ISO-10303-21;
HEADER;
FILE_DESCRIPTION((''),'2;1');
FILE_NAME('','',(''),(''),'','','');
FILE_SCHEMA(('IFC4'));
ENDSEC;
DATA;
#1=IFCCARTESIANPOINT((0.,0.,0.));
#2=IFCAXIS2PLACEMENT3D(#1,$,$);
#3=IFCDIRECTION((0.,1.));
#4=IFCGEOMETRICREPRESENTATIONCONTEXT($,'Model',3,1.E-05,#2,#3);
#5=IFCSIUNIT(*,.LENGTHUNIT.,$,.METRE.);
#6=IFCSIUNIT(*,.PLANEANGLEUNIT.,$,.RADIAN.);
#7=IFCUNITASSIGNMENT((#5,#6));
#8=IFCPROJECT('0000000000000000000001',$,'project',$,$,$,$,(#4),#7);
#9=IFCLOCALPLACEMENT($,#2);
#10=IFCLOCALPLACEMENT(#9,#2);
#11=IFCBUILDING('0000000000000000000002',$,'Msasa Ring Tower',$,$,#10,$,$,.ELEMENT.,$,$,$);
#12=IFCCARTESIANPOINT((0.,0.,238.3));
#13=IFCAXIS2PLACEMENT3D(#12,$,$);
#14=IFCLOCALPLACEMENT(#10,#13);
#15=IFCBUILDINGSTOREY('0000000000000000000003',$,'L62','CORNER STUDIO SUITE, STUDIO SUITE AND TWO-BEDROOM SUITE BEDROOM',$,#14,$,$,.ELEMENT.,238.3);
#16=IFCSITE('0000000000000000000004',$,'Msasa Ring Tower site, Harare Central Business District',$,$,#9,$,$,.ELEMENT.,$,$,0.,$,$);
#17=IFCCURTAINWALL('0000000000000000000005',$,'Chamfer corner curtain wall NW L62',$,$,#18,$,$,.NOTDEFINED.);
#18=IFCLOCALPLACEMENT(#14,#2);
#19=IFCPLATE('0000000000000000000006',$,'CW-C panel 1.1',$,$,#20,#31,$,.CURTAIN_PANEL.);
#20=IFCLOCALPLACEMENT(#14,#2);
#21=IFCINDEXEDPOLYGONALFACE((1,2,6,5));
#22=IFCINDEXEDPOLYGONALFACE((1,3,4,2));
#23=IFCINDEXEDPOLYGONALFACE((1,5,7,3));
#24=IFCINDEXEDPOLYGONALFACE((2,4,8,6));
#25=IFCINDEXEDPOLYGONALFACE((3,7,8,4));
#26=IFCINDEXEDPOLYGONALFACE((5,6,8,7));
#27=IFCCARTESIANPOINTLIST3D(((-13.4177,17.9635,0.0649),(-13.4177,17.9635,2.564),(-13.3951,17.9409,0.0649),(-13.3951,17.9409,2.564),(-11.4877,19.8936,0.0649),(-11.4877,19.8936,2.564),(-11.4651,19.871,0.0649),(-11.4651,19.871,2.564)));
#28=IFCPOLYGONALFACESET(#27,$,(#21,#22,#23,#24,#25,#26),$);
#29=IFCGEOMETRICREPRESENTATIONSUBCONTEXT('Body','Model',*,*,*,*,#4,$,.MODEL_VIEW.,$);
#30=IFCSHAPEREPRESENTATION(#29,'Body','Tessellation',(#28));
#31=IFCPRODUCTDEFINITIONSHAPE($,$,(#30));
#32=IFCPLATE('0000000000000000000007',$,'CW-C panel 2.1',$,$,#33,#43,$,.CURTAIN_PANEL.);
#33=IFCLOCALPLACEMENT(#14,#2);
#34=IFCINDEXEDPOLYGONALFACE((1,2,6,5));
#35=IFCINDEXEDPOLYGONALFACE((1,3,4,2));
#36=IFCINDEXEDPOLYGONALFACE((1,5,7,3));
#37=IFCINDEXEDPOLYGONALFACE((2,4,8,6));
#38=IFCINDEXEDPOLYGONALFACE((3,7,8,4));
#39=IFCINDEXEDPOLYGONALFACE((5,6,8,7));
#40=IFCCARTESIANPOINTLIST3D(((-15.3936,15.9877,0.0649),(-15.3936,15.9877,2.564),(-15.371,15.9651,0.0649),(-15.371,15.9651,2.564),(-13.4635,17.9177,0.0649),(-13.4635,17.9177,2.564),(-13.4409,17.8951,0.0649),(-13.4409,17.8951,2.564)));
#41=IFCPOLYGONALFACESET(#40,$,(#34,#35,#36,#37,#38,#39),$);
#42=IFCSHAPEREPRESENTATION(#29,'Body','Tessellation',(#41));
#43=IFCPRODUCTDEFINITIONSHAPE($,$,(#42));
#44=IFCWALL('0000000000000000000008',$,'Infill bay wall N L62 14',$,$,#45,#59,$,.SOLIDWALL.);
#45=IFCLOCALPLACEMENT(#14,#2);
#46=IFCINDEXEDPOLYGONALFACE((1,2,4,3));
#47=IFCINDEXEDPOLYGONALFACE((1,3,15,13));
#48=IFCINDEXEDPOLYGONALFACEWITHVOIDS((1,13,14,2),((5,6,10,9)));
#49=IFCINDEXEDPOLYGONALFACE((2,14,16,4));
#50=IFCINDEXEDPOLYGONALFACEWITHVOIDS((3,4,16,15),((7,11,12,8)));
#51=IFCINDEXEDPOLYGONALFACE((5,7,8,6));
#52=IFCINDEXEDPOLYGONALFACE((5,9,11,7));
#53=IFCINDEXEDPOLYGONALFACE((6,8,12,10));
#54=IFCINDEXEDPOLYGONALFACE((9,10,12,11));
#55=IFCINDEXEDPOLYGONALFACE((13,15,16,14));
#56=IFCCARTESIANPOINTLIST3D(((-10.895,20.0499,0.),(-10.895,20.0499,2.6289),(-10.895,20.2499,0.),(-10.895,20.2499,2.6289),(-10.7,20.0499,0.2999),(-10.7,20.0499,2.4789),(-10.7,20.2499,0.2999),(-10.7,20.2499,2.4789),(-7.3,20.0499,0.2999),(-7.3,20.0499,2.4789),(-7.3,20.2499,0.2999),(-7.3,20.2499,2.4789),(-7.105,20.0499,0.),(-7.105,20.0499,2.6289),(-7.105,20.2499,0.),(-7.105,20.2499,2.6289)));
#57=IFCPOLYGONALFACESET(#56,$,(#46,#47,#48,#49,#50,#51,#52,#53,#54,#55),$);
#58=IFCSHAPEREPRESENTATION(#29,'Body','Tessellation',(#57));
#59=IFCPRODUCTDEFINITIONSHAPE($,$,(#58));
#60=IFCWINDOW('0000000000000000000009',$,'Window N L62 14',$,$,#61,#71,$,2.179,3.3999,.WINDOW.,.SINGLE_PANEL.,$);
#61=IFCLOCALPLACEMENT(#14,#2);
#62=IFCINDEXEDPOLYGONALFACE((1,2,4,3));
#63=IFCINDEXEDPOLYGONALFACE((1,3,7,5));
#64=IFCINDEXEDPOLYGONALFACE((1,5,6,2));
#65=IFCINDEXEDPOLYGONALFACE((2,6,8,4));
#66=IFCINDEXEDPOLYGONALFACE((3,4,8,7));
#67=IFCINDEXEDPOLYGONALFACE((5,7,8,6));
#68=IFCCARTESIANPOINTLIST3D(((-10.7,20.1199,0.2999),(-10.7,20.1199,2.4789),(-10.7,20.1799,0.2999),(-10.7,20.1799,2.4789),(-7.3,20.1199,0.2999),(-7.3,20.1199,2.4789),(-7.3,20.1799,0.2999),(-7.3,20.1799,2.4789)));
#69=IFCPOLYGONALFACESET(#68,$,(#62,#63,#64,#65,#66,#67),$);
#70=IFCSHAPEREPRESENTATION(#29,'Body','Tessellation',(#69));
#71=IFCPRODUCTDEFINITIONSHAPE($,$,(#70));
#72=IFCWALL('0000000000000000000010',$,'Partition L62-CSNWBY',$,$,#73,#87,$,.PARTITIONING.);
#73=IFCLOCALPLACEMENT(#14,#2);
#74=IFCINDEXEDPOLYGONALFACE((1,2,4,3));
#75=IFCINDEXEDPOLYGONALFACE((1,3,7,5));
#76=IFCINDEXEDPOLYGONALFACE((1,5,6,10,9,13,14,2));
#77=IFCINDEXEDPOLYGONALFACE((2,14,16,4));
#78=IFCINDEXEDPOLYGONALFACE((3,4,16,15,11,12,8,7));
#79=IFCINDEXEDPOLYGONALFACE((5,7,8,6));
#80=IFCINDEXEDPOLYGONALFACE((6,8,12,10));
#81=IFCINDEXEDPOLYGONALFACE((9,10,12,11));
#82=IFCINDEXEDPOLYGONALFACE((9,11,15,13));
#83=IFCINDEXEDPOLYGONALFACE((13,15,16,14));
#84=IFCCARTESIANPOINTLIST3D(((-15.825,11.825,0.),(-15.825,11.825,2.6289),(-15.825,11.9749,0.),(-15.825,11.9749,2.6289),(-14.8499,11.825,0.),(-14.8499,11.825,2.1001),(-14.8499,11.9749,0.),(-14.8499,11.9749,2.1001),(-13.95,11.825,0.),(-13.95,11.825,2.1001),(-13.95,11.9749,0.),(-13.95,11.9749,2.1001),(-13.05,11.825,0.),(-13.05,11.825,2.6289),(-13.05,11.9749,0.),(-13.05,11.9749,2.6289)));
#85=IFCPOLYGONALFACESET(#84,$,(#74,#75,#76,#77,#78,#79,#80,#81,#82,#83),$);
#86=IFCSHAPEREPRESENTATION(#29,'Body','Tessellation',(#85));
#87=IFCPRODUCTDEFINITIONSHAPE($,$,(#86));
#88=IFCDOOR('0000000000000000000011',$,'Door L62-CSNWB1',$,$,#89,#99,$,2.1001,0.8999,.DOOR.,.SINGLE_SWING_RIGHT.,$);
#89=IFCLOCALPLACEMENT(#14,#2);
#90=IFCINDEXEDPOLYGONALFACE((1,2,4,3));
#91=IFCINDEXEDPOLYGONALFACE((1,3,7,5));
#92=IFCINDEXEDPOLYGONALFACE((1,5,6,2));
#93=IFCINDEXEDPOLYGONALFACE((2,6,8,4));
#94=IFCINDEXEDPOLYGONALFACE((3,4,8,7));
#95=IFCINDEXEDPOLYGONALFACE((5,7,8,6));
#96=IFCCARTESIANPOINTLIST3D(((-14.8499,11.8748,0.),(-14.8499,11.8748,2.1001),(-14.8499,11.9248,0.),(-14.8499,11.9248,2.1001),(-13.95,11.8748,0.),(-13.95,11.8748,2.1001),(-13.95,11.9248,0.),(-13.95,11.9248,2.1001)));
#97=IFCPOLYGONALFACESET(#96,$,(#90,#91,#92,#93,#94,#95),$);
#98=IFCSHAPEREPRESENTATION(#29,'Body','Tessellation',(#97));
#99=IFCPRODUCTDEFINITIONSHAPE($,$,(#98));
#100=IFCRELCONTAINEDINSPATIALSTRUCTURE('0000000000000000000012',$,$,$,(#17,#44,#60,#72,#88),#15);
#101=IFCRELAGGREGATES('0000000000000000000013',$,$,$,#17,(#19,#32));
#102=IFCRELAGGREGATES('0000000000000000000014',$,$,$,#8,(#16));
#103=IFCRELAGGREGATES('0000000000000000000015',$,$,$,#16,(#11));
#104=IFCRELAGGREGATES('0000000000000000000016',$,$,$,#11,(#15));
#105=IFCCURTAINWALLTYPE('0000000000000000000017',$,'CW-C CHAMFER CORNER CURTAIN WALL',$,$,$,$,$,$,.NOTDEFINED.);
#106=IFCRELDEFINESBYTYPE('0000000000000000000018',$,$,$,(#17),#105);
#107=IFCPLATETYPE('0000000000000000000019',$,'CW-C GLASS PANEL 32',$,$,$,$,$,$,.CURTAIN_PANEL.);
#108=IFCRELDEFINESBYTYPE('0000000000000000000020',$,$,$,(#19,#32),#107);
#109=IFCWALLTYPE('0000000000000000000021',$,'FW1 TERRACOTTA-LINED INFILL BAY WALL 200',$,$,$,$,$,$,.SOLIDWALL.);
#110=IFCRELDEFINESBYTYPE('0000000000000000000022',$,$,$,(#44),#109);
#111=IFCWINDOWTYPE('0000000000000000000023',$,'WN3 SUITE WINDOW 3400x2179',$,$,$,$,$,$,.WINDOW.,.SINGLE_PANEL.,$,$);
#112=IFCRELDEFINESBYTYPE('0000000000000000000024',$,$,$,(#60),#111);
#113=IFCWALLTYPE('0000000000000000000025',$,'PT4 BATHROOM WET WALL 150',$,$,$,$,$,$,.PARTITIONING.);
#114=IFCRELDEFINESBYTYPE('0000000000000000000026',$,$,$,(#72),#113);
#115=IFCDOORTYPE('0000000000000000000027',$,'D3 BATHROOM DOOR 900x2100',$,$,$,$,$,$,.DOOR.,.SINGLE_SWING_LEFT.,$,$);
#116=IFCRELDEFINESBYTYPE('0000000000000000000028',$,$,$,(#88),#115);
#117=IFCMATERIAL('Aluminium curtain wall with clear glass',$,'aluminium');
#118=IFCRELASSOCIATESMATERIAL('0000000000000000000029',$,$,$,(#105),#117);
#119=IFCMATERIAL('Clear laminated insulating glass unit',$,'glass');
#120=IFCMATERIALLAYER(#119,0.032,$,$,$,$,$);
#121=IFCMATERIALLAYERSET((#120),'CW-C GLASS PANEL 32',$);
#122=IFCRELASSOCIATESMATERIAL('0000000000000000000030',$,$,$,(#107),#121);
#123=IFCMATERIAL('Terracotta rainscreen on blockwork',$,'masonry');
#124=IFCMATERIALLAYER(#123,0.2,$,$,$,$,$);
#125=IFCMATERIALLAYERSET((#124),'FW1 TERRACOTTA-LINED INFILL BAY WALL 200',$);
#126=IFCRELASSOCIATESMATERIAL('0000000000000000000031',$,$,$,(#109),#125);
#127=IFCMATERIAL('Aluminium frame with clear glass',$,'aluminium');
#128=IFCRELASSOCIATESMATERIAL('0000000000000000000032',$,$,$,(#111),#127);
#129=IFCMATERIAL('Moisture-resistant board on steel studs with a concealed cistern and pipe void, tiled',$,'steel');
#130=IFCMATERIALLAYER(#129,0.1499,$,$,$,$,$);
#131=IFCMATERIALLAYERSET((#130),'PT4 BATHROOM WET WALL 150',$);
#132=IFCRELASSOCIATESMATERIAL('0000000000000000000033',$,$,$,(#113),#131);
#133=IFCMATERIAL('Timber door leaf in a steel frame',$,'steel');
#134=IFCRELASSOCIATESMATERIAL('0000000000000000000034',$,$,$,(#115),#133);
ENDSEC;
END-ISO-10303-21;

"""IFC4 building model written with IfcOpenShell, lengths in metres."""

from ifc_helpers import new_model, si_unit, direction, frame, frame_2d, origin, origin_2d, place, context, subcontext, project, spatial, rectangle, extrude, material, layer, layer_set, type_object, element, fill, aggregate, save


model = new_model("IFC4")

# Units and contexts
model_context = context("Model", 3, precision=1e-05, world=origin(), true_north=direction((0.0, 1.0)))
body_context = subcontext(model_context, "Body", "Model", "MODEL_VIEW")
ifc_project = project(units=[si_unit("LENGTHUNIT", "METRE"), si_unit("PLANEANGLEUNIT", "RADIAN")], contexts=[model_context])

# Site, building, storey
site_placement = place(None, origin())
site = spatial("IfcSite", under=ifc_project, at=site_placement, Name="Msasa Ring Tower site, Harare Central Business District", CompositionType="ELEMENT", RefElevation=0.0)
building_placement = place(site_placement, origin())
building = spatial("IfcBuilding", under=site, at=building_placement, Name="Msasa Ring Tower", CompositionType="ELEMENT")
storey_placement = place(building_placement, frame((0.0, 0.0, 238.3)))
storey = spatial("IfcBuildingStorey", under=building, at=storey_placement, Name="L62", Description="CORNER STUDIO SUITE, STUDIO SUITE AND TWO-BEDROOM SUITE BEDROOM", CompositionType="ELEMENT", Elevation=238.3)

# Curtain wall
ifc_material_1 = material(Name="Aluminium curtain wall with clear glass", Category="aluminium")
curtain_wall_type = type_object("IfcCurtainWallType", Name="CW-C CHAMFER CORNER CURTAIN WALL", PredefinedType="NOTDEFINED", material=ifc_material_1)
curtain_wall_1_placement = place(storey_placement, origin())
curtain_wall_1 = element("IfcCurtainWall", 1, at=curtain_wall_1_placement, inside=storey, type_object=curtain_wall_type, Name="Chamfer corner curtain wall NW L62", PredefinedType="NOTDEFINED")

# Plates
ifc_material_2 = material(Name="Clear laminated insulating glass unit", Category="glass")
ifc_layer_1 = layer(ifc_material_2, 0.032)
ifc_layer_set_1 = layer_set([ifc_layer_1], Name="CW-C GLASS PANEL 32")
plate_type = type_object("IfcPlateType", Name="CW-C GLASS PANEL 32", PredefinedType="CURTAIN_PANEL", material=ifc_layer_set_1)
plate_1_placement = place(storey_placement, frame((-12.4414, 18.9172, 0.0649), z_axis=(0.0, 0.0, 1.0), x_axis=(-0.707107, -0.707107, 0.0)))
plate_1 = element("IfcPlate", 2, at=plate_1_placement, type_object=plate_type, Name="CW-C panel 1.1", PredefinedType="CURTAIN_PANEL", context=body_context, shape_type="SweptSolid", body=[
    extrude(rectangle(XDim=2.7295, YDim=0.032, at=origin_2d()), origin(), (0.0, 0.0, 1.0), 2.499),
])
plate_2_placement = place(storey_placement, frame((-14.4172, 16.9414, 0.0649), z_axis=(0.0, 0.0, 1.0), x_axis=(-0.707107, -0.707107, 0.0)))
plate_2 = element("IfcPlate", 3, at=plate_2_placement, type_object=plate_type, Name="CW-C panel 2.1", PredefinedType="CURTAIN_PANEL", context=body_context, shape_type="SweptSolid", body=[
    extrude(rectangle(XDim=2.7295, YDim=0.032, at=origin_2d()), origin(), (0.0, 0.0, 1.0), 2.499),
])
aggregate(curtain_wall_1, [plate_1, plate_2])

# Wall, opening, window
ifc_material_3 = material(Name="Terracotta rainscreen on blockwork", Category="masonry")
ifc_layer_2 = layer(ifc_material_3, 0.2)
ifc_layer_set_2 = layer_set([ifc_layer_2], Name="FW1 TERRACOTTA-LINED INFILL BAY WALL 200")
wall_type_1 = type_object("IfcWallType", Name="FW1 TERRACOTTA-LINED INFILL BAY WALL 200", PredefinedType="SOLIDWALL", material=ifc_layer_set_2)
wall_1_placement = place(storey_placement, frame((-10.895, 20.1499, 0.0), z_axis=(0.0, 0.0, 1.0), x_axis=(1.0, 0.0, 0.0)))
wall_1 = element("IfcWall", 4, at=wall_1_placement, inside=storey, type_object=wall_type_1, Name="Infill bay wall N L62 14", PredefinedType="SOLIDWALL", context=body_context, shape_type="SweptSolid", body=[
    extrude(rectangle(XDim=3.79, YDim=0.2, at=frame_2d((1.895, 0.0))), origin(), (0.0, 0.0, 1.0), 2.6289),
])
opening_1_placement = place(wall_1_placement, frame((0.1951, 0.0, 0.3)))
opening_1 = element("IfcOpeningElement", 5, at=opening_1_placement, cuts=wall_1, PredefinedType="OPENING", context=body_context, shape_type="SweptSolid", body=[
    extrude(rectangle(XDim=3.3999, YDim=2.179, at=frame_2d((1.7, 1.0894))), frame((0.0, 0.1099, 0.0), z_axis=(0.0, -1.0, 0.0), x_axis=(1.0, 0.0, 0.0)), (0.0, 0.0, 1.0), 0.22),
])
ifc_material_4 = material(Name="Aluminium frame with clear glass", Category="aluminium")
window_type = type_object("IfcWindowType", Name="WN3 SUITE WINDOW 3400x2179", PartitioningType="SINGLE_PANEL", PredefinedType="WINDOW", material=ifc_material_4)
window_placement = place(opening_1_placement, origin())
window = element("IfcWindow", 6, at=window_placement, inside=storey, type_object=window_type, Name="Window N L62 14", OverallHeight=2.179, OverallWidth=3.3999, PartitioningType="SINGLE_PANEL", PredefinedType="WINDOW", context=body_context, shape_type="SweptSolid", body=[
    extrude(rectangle(XDim=3.3999, YDim=2.179, at=frame_2d((1.7, 1.0894))), frame((0.0, 0.03, 0.0), z_axis=(0.0, -1.0, 0.0), x_axis=(1.0, 0.0, 0.0)), (0.0, 0.0, 1.0), 0.0601),
])
fill(opening_1, window)

# Wall, opening, door
ifc_material_5 = material(Name="Moisture-resistant board on steel studs with a concealed cistern and pipe void, tiled", Category="steel")
ifc_layer_3 = layer(ifc_material_5, 0.1499)
ifc_layer_set_3 = layer_set([ifc_layer_3], Name="PT4 BATHROOM WET WALL 150")
wall_type_2 = type_object("IfcWallType", Name="PT4 BATHROOM WET WALL 150", PredefinedType="PARTITIONING", material=ifc_layer_set_3)
wall_2_placement = place(storey_placement, frame((-15.825, 11.8999, 0.0), z_axis=(0.0, 0.0, 1.0), x_axis=(1.0, 0.0, 0.0)))
wall_2 = element("IfcWall", 7, at=wall_2_placement, inside=storey, type_object=wall_type_2, Name="Partition L62-CSNWBY", PredefinedType="PARTITIONING", context=body_context, shape_type="SweptSolid", body=[
    extrude(rectangle(XDim=2.7749, YDim=0.1499, at=frame_2d((1.3875, 0.0))), origin(), (0.0, 0.0, 1.0), 2.6289),
])
opening_2_placement = place(wall_2_placement, frame((0.9751, 0.0, 0.0)))
opening_2 = element("IfcOpeningElement", 8, at=opening_2_placement, cuts=wall_2, PredefinedType="OPENING", context=body_context, shape_type="SweptSolid", body=[
    extrude(rectangle(XDim=0.8999, YDim=2.1001, at=frame_2d((0.45, 1.05))), frame((0.0, 0.085, 0.0), z_axis=(0.0, -1.0, 0.0), x_axis=(1.0, 0.0, 0.0)), (0.0, 0.0, 1.0), 0.1699),
])
ifc_material_6 = material(Name="Timber door leaf in a steel frame", Category="steel")
door_type = type_object("IfcDoorType", Name="D3 BATHROOM DOOR 900x2100", OperationType="SINGLE_SWING_LEFT", PredefinedType="DOOR", material=ifc_material_6)
door_placement = place(opening_2_placement, origin())
door = element("IfcDoor", 9, at=door_placement, inside=storey, type_object=door_type, Name="Door L62-CSNWB1", OperationType="SINGLE_SWING_RIGHT", OverallHeight=2.1001, OverallWidth=0.8999, PredefinedType="DOOR", context=body_context, shape_type="SweptSolid", body=[
    extrude(rectangle(XDim=0.8999, YDim=2.1001, at=frame_2d((0.45, 1.05))), frame((0.0, 0.0249, 0.0), z_axis=(0.0, -1.0, 0.0), x_axis=(1.0, 0.0, 0.0)), (0.0, 0.0, 1.0), 0.05),
])
fill(opening_2, door)

save(model, "model.ifc")
